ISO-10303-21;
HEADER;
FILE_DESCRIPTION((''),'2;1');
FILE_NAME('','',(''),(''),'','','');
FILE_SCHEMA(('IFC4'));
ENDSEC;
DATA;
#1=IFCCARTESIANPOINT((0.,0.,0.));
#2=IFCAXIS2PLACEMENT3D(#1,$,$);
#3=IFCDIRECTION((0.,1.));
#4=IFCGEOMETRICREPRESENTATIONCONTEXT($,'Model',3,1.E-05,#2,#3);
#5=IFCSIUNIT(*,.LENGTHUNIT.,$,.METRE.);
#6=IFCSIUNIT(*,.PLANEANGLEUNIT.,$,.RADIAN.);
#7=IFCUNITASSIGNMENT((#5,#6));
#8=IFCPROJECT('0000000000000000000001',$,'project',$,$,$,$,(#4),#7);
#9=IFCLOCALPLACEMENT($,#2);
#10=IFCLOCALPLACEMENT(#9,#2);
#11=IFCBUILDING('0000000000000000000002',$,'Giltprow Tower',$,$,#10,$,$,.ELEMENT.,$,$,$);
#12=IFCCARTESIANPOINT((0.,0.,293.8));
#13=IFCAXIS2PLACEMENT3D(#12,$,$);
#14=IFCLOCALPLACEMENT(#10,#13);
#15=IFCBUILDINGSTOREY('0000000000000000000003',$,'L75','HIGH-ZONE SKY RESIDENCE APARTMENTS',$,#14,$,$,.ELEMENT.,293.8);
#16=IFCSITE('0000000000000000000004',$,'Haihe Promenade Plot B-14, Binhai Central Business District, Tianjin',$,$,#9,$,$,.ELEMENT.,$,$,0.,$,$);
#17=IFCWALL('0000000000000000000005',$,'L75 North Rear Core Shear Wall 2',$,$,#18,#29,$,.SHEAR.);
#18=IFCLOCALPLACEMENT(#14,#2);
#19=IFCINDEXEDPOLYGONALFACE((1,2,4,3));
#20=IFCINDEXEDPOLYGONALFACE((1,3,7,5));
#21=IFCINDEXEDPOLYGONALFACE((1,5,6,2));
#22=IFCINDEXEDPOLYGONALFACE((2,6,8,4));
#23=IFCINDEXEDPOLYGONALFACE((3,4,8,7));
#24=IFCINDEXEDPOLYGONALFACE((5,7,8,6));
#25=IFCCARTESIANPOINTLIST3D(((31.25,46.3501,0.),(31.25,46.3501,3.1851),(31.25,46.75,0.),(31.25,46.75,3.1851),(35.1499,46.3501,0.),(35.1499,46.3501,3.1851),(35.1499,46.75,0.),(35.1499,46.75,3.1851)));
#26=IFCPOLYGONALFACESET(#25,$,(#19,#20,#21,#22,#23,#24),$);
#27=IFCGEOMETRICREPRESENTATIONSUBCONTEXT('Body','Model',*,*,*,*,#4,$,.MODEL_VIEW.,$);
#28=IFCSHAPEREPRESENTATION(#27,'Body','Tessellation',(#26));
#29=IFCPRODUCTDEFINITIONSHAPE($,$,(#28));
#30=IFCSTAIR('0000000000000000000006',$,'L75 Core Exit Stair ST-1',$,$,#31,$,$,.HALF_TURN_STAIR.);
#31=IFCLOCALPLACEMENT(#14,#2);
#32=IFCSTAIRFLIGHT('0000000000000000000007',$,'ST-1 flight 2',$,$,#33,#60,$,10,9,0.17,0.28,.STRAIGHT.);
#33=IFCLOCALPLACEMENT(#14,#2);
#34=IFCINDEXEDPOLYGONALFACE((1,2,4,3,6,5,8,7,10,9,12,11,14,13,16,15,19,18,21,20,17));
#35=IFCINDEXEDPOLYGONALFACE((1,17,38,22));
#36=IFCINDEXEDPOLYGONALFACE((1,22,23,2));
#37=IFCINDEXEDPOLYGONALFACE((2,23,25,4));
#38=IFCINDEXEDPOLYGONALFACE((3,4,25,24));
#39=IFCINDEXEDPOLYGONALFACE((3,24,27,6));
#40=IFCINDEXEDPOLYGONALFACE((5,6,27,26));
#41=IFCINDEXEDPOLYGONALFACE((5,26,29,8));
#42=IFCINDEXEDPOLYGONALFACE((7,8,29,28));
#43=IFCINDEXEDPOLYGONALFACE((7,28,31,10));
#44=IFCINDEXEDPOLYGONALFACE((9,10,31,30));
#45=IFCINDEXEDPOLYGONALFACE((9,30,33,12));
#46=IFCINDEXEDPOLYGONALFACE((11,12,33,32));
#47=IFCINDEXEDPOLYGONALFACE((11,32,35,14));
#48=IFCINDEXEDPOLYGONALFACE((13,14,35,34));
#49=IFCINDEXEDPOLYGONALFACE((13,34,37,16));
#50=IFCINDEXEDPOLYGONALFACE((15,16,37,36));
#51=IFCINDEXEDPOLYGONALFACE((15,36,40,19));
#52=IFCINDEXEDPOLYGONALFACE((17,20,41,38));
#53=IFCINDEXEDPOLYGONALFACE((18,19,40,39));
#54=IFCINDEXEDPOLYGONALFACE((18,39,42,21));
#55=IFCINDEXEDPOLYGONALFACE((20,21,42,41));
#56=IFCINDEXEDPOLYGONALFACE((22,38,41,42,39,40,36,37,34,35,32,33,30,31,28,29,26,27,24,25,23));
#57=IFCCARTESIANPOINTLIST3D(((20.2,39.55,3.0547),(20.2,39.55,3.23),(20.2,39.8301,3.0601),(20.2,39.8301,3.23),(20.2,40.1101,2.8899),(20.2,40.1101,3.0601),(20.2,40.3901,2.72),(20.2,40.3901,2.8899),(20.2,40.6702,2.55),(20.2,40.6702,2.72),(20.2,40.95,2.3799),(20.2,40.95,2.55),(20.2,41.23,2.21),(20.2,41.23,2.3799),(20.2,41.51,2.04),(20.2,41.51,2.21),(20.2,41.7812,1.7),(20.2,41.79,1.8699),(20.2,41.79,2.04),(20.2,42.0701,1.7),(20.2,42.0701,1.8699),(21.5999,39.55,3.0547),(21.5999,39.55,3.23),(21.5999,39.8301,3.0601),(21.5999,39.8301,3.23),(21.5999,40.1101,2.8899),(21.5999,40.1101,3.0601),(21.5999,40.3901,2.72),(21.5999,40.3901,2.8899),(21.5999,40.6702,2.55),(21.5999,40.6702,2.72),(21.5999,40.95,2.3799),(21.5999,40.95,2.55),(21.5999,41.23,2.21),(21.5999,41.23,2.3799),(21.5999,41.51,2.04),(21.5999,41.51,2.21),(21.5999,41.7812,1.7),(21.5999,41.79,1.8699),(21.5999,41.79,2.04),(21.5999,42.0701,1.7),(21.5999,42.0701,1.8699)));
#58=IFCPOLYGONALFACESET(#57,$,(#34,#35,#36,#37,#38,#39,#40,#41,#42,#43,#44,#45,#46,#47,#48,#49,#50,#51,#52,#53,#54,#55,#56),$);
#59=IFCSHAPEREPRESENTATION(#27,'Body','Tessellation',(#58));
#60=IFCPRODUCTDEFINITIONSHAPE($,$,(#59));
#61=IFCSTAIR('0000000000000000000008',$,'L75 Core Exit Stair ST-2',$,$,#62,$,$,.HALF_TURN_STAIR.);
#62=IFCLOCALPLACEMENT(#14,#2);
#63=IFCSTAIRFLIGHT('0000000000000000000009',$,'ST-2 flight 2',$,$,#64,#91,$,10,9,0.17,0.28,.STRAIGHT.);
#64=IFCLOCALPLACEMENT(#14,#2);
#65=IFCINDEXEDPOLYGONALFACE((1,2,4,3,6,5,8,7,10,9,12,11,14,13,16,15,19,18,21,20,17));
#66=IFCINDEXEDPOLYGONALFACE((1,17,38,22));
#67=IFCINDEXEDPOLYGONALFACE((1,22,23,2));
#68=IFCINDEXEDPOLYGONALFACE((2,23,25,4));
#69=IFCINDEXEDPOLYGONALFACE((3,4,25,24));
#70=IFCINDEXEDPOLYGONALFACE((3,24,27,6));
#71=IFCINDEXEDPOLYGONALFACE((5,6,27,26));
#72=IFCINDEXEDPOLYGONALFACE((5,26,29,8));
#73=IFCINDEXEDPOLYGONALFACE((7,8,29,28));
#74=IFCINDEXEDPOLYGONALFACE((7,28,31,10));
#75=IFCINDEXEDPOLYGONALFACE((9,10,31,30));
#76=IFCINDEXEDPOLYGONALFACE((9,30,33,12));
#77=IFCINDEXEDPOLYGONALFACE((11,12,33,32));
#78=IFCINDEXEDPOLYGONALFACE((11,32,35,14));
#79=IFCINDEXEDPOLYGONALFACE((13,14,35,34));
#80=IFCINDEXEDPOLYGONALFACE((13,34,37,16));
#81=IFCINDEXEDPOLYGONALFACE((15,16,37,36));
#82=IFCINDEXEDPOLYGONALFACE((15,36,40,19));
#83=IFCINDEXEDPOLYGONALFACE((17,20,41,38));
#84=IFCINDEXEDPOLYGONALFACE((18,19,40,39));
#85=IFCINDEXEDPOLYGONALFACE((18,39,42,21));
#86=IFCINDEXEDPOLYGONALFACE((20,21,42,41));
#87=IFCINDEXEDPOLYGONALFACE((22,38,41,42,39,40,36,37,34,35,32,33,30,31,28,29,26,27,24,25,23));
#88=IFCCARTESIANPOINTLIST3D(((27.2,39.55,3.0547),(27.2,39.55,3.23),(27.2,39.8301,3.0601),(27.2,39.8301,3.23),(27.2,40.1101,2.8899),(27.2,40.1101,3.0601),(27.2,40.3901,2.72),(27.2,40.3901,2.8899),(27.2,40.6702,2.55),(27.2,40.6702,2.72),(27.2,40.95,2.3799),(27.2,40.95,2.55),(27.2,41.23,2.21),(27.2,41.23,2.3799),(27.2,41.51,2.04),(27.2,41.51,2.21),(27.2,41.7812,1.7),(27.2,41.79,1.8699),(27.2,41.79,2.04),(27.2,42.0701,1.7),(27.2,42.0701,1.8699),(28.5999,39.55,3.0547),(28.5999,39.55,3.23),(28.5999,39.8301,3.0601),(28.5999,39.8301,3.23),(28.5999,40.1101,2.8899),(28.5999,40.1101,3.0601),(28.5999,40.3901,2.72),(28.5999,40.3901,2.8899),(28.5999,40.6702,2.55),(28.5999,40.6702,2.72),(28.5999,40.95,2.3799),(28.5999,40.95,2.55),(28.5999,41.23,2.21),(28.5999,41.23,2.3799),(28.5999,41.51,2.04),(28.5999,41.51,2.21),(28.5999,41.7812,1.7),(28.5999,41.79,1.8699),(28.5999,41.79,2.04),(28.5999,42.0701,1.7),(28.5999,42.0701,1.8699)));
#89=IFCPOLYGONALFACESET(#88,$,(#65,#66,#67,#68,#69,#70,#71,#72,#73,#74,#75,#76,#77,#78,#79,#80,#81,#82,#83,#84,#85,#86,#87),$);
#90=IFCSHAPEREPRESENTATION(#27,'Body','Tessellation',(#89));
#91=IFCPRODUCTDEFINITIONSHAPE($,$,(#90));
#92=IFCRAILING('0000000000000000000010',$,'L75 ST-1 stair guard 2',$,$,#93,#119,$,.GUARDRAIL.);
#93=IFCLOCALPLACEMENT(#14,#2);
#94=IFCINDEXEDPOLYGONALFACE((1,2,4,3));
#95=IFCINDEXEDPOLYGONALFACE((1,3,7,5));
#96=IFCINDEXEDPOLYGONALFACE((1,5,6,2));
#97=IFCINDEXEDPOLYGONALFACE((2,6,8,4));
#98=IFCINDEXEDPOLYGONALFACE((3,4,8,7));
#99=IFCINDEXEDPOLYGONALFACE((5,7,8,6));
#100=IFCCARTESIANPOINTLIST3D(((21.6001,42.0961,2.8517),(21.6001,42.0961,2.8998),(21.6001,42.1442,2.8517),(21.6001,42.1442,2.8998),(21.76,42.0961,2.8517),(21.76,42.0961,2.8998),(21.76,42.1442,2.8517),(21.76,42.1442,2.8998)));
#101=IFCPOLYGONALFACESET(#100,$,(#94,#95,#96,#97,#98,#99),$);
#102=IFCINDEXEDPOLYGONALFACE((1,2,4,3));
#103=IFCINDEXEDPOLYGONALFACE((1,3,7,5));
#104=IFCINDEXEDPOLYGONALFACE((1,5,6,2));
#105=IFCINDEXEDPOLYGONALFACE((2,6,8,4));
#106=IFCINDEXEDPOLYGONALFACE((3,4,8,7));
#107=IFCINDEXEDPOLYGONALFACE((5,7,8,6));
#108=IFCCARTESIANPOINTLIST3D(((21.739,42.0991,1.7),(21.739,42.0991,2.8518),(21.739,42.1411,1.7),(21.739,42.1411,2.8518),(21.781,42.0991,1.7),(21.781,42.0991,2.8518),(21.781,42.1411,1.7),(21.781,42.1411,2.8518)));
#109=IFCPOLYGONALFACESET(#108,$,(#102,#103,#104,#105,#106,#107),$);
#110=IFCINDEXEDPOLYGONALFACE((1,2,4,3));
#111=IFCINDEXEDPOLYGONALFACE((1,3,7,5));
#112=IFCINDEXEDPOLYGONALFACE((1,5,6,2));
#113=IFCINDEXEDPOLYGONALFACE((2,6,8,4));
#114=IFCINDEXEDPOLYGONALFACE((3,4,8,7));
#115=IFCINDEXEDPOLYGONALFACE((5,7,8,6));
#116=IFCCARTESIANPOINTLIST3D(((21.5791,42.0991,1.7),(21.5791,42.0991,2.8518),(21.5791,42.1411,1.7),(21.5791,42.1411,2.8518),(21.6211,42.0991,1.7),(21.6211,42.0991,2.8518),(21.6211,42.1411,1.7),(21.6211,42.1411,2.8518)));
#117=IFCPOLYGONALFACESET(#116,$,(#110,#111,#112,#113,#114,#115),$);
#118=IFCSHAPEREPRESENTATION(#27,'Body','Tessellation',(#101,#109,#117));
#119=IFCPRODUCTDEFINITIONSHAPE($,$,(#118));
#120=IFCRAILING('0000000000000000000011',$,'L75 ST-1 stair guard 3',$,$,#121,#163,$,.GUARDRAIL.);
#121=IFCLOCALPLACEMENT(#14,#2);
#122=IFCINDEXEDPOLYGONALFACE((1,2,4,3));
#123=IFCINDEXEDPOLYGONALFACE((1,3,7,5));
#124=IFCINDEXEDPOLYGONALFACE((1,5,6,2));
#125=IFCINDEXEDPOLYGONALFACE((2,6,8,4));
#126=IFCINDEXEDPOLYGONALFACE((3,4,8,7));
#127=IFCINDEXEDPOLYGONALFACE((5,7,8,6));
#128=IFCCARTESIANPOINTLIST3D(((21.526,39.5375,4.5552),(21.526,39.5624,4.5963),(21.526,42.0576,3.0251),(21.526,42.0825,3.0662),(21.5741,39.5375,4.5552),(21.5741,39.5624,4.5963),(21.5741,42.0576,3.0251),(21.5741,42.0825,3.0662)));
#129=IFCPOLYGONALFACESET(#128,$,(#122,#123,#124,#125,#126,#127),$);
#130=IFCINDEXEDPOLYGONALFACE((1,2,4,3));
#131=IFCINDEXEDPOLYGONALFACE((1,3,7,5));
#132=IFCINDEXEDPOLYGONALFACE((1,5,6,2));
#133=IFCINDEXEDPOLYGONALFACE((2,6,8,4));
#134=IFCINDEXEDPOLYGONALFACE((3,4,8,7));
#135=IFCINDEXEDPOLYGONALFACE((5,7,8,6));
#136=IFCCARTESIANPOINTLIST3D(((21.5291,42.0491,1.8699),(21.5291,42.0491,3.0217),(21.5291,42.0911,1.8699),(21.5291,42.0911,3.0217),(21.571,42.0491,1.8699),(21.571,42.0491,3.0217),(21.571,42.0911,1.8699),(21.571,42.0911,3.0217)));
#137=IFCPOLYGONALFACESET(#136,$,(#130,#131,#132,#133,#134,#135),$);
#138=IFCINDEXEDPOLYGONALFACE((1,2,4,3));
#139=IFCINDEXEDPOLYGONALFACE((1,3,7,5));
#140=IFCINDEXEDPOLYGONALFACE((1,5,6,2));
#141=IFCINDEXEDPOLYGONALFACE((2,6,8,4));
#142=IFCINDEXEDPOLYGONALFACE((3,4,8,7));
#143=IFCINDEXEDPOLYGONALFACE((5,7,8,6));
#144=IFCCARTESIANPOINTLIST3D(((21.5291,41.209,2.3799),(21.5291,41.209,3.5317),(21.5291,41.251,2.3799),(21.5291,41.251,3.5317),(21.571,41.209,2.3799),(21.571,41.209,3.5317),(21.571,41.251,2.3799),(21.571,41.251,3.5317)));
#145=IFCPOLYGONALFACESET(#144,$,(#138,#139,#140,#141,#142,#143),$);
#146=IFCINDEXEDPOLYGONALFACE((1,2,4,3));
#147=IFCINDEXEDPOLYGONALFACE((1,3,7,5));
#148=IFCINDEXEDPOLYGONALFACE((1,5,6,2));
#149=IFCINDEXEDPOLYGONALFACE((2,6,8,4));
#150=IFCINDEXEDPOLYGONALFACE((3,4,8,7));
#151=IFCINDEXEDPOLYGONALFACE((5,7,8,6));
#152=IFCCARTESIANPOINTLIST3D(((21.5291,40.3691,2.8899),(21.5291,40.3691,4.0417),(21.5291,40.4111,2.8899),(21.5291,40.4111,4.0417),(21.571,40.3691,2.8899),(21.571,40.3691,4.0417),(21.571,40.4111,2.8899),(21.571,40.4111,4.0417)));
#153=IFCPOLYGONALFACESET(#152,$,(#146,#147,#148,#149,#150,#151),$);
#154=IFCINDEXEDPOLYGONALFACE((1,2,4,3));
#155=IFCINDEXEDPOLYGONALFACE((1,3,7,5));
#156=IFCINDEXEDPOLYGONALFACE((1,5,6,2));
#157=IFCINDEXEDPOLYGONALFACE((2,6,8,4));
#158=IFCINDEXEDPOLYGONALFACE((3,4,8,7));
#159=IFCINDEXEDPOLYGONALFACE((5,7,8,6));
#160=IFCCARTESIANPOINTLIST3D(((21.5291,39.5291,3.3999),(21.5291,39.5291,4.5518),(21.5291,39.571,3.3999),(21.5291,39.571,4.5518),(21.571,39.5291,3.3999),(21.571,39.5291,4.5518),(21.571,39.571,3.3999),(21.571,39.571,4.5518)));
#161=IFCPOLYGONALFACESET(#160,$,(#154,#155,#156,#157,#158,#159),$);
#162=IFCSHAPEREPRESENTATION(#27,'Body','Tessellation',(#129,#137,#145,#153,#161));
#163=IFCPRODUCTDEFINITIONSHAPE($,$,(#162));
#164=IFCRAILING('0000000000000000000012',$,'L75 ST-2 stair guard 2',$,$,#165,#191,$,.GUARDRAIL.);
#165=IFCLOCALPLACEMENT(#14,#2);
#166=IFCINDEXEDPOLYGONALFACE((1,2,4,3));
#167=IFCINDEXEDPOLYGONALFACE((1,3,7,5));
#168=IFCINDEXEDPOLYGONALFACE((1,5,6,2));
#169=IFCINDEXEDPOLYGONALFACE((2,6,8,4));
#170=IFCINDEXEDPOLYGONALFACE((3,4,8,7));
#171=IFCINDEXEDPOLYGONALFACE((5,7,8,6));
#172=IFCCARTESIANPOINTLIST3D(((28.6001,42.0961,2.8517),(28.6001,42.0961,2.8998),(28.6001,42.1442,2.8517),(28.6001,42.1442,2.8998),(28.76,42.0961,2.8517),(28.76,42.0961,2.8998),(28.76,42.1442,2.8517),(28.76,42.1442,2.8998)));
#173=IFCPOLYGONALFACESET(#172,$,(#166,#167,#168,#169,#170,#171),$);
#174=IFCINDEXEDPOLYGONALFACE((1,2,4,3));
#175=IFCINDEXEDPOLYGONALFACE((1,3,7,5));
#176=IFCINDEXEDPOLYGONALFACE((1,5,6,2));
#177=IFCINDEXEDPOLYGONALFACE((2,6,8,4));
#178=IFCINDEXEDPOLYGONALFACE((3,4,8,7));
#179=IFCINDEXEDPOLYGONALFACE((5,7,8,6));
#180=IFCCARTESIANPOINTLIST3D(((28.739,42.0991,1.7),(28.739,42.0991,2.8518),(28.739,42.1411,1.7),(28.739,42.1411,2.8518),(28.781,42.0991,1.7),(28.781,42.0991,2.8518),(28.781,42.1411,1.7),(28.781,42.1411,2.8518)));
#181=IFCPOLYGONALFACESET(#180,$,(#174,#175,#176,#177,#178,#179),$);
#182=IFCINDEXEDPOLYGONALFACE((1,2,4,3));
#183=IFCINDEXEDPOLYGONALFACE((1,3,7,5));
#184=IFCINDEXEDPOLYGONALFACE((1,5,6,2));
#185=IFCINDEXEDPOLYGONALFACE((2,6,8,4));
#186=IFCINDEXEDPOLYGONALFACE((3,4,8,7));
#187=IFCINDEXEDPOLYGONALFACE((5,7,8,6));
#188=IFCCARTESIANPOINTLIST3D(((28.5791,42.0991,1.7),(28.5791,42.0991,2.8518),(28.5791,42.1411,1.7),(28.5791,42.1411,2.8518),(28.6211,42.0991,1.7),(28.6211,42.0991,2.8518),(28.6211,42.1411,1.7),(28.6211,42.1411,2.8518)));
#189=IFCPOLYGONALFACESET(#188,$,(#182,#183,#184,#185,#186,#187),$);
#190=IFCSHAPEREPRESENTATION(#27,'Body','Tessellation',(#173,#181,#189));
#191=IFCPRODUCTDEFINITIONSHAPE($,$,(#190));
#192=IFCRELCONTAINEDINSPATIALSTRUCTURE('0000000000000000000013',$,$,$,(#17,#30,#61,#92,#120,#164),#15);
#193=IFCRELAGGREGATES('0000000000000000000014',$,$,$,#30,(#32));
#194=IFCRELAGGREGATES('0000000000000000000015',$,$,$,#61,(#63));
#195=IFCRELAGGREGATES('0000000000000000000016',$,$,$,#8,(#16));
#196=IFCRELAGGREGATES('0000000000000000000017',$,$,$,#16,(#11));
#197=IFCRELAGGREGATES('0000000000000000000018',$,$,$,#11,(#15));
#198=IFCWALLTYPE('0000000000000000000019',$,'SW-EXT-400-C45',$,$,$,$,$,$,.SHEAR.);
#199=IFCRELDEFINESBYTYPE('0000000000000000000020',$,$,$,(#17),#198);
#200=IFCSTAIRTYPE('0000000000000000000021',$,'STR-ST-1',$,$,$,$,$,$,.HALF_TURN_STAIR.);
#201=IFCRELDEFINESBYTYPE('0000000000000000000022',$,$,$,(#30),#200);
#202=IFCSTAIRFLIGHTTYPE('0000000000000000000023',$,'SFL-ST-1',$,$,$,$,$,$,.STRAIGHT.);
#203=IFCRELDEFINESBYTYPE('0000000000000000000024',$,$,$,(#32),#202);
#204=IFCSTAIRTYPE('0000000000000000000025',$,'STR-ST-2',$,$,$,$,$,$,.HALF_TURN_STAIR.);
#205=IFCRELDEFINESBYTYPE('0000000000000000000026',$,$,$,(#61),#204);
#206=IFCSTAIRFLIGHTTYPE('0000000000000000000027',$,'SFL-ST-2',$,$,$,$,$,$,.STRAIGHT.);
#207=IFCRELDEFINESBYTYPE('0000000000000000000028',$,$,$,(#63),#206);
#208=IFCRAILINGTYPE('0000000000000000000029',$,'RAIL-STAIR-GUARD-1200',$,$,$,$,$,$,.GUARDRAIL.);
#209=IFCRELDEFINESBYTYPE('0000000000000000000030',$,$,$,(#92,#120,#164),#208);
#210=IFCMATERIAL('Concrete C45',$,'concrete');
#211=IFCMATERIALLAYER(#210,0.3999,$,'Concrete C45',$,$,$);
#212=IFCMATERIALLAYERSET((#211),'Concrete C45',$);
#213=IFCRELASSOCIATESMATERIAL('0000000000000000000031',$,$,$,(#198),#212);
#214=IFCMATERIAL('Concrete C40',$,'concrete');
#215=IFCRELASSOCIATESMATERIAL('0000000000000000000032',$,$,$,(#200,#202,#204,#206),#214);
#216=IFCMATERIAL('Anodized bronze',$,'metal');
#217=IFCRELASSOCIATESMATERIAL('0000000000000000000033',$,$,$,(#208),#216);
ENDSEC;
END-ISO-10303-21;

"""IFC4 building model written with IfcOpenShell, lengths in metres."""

from ifc_helpers import new_model, si_unit, direction, frame, frame_2d, origin, origin_2d, place, context, subcontext, project, spatial, polyline, rectangle, outline, extrude, material, layer, layer_set, type_object, element, aggregate, save


model = new_model("IFC4")

# Units and contexts
model_context = context("Model", 3, precision=1e-05, world=origin(), true_north=direction((0.0, 1.0)))
body_context = subcontext(model_context, "Body", "Model", "MODEL_VIEW")
ifc_project = project(units=[si_unit("LENGTHUNIT", "METRE"), si_unit("PLANEANGLEUNIT", "RADIAN")], contexts=[model_context])

# Site, building, storey
site_placement = place(None, origin())
site = spatial("IfcSite", under=ifc_project, at=site_placement, Name="Haihe Promenade Plot B-14, Binhai Central Business District, Tianjin", CompositionType="ELEMENT", RefElevation=0.0)
building_placement = place(site_placement, origin())
building = spatial("IfcBuilding", under=site, at=building_placement, Name="Giltprow Tower", CompositionType="ELEMENT")
storey_placement = place(building_placement, frame((0.0, 0.0, 293.8)))
storey = spatial("IfcBuildingStorey", under=building, at=storey_placement, Name="L75", Description="HIGH-ZONE SKY RESIDENCE APARTMENTS", CompositionType="ELEMENT", Elevation=293.8)

# Shared definitions
ifc_material_1 = material(Name="Concrete C45", Category="concrete")

# Shared definitions
ifc_material_2 = material(Name="Concrete C40", Category="concrete")

# Wall
ifc_layer_1 = layer(ifc_material_1, 0.3999, Name="Concrete C45")
ifc_layer_set_1 = layer_set([ifc_layer_1], Name="Concrete C45")
wall_type_1 = type_object("IfcWallType", Name="SW-EXT-400-C45", PredefinedType="SHEAR", material=ifc_layer_set_1)
wall_1_placement = place(storey_placement, frame((31.25, 46.55, 0.0), z_axis=(0.0, 0.0, 1.0), x_axis=(1.0, 0.0, 0.0)))
element("IfcWall", 1, at=wall_1_placement, inside=storey, type_object=wall_type_1, Name="L75 North Rear Core Shear Wall 2", PredefinedType="SHEAR", context=body_context, shape_type="SweptSolid", body=[
    extrude(rectangle(XDim=3.8999, YDim=0.3999, at=frame_2d((1.95, 0.0))), origin(), (0.0, 0.0, 1.0), 3.1851),
])

# Stairs, stair flights
stair_type_1 = type_object("IfcStairType", Name="STR-ST-1", PredefinedType="HALF_TURN_STAIR", material=ifc_material_2)
stair_1_placement = place(storey_placement, origin())
stair_1 = element("IfcStair", 2, at=stair_1_placement, inside=storey, type_object=stair_type_1, Name="L75 Core Exit Stair ST-1", PredefinedType="HALF_TURN_STAIR")
stair_flight_type_1 = type_object("IfcStairFlightType", Name="SFL-ST-1", PredefinedType="STRAIGHT", material=ifc_material_2)
stair_flight_1_placement = place(storey_placement, frame((20.8999, 42.0701, 1.7), z_axis=(0.0, 0.0, 1.0), x_axis=(0.0, -1.0, 0.0)))
stair_flight_1 = element("IfcStairFlight", 3, at=stair_flight_1_placement, type_object=stair_flight_type_1, Name="ST-1 flight 2", NumberOfRisers=10, NumberOfTreads=9, PredefinedType="STRAIGHT", RiserHeight=0.17, TreadLength=0.28, context=body_context, shape_type="SweptSolid", body=[
    extrude(outline(polyline([(0.0, 0.0), (0.0, 0.1699), (0.28, 0.1699), (0.28, 0.3401), (0.5601, 0.3401), (0.5601, 0.51), (0.8401, 0.51), (0.8401, 0.6799), (1.1201, 0.6799), (1.1201, 0.8501), (1.3999, 0.8501), (1.3999, 1.02), (1.6799, 1.02), (1.6799, 1.1899), (1.96, 1.1899), (1.96, 1.3601), (2.24, 1.3601), (2.24, 1.53), (2.52, 1.53), (2.52, 1.7), (2.52, 1.3547), (0.2888, 0.0), (0.0, 0.0)])), frame((0.0, 0.7, 0.0), z_axis=(0.0, -1.0, 0.0), x_axis=(1.0, 0.0, 0.0)), (0.0, 0.0, 1.0), 1.3999),
])
aggregate(stair_1, [stair_flight_1])
stair_type_2 = type_object("IfcStairType", Name="STR-ST-2", PredefinedType="HALF_TURN_STAIR", material=ifc_material_2)
stair_2_placement = place(storey_placement, origin())
stair_2 = element("IfcStair", 4, at=stair_2_placement, inside=storey, type_object=stair_type_2, Name="L75 Core Exit Stair ST-2", PredefinedType="HALF_TURN_STAIR")
stair_flight_type_2 = type_object("IfcStairFlightType", Name="SFL-ST-2", PredefinedType="STRAIGHT", material=ifc_material_2)
stair_flight_2_placement = place(storey_placement, frame((27.8999, 42.0701, 1.7), z_axis=(0.0, 0.0, 1.0), x_axis=(0.0, -1.0, 0.0)))
stair_flight_2 = element("IfcStairFlight", 5, at=stair_flight_2_placement, type_object=stair_flight_type_2, Name="ST-2 flight 2", NumberOfRisers=10, NumberOfTreads=9, PredefinedType="STRAIGHT", RiserHeight=0.17, TreadLength=0.28, context=body_context, shape_type="SweptSolid", body=[
    extrude(outline(polyline([(0.0, 0.0), (0.0, 0.1699), (0.28, 0.1699), (0.28, 0.3401), (0.5601, 0.3401), (0.5601, 0.51), (0.8401, 0.51), (0.8401, 0.6799), (1.1201, 0.6799), (1.1201, 0.8501), (1.3999, 0.8501), (1.3999, 1.02), (1.6799, 1.02), (1.6799, 1.1899), (1.96, 1.1899), (1.96, 1.3601), (2.24, 1.3601), (2.24, 1.53), (2.52, 1.53), (2.52, 1.7), (2.52, 1.3547), (0.2888, 0.0), (0.0, 0.0)])), frame((0.0, 0.7, 0.0), z_axis=(0.0, -1.0, 0.0), x_axis=(1.0, 0.0, 0.0)), (0.0, 0.0, 1.0), 1.3999),
])
aggregate(stair_2, [stair_flight_2])

# Railings
ifc_material_3 = material(Name="Anodized bronze", Category="metal")
railing_type_1 = type_object("IfcRailingType", Name="RAIL-STAIR-GUARD-1200", PredefinedType="GUARDRAIL", material=ifc_material_3)
railing_1_placement = place(storey_placement, frame((21.76, 42.1201, 1.7)))
element("IfcRailing", 6, at=railing_1_placement, inside=storey, type_object=railing_type_1, Name="L75 ST-1 stair guard 2", PredefinedType="GUARDRAIL", context=body_context, shape_type="SweptSolid", body=[
    extrude(rectangle(XDim=0.0481, YDim=0.0481, at=origin_2d()), frame((0.0, 0.0, 1.1758), z_axis=(-1.0, 0.0, 0.0), x_axis=(0.0, -1.0, 0.0)), (0.0, 0.0, 1.0), 0.1599),
    extrude(rectangle(XDim=0.042, YDim=0.042, at=origin_2d()), origin(), (0.0, 0.0, 1.0), 1.1519),
    extrude(rectangle(XDim=0.042, YDim=0.042, at=origin_2d()), frame((-0.1599, 0.0, 0.0)), (0.0, 0.0, 1.0), 1.1519),
])
railing_2_placement = place(storey_placement, frame((21.55, 42.0701, 1.8699)))
element("IfcRailing", 7, at=railing_2_placement, inside=storey, type_object=railing_type_1, Name="L75 ST-1 stair guard 3", PredefinedType="GUARDRAIL", context=body_context, shape_type="SweptSolid", body=[
    extrude(rectangle(XDim=0.0481, YDim=0.0481, at=origin_2d()), frame((0.0, 0.0, 1.1758), z_axis=(0.0, -0.854785, 0.518982), x_axis=(1.0, 0.0, 0.0)), (0.0, 0.0, 1.0), 2.9482),
    extrude(rectangle(XDim=0.042, YDim=0.042, at=origin_2d()), origin(), (0.0, 0.0, 1.0), 1.1519),
    extrude(rectangle(XDim=0.042, YDim=0.042, at=origin_2d()), frame((0.0, -0.8401, 0.51)), (0.0, 0.0, 1.0), 1.1519),
    extrude(rectangle(XDim=0.042, YDim=0.042, at=origin_2d()), frame((0.0, -1.6799, 1.02)), (0.0, 0.0, 1.0), 1.1519),
    extrude(rectangle(XDim=0.042, YDim=0.042, at=origin_2d()), frame((0.0, -2.52, 1.53)), (0.0, 0.0, 1.0), 1.1519),
])
railing_3_placement = place(storey_placement, frame((28.76, 42.1201, 1.7)))
element("IfcRailing", 8, at=railing_3_placement, inside=storey, type_object=railing_type_1, Name="L75 ST-2 stair guard 2", PredefinedType="GUARDRAIL", context=body_context, shape_type="SweptSolid", body=[
    extrude(rectangle(XDim=0.0481, YDim=0.0481, at=origin_2d()), frame((0.0, 0.0, 1.1758), z_axis=(-1.0, 0.0, 0.0), x_axis=(0.0, -1.0, 0.0)), (0.0, 0.0, 1.0), 0.1599),
    extrude(rectangle(XDim=0.042, YDim=0.042, at=origin_2d()), origin(), (0.0, 0.0, 1.0), 1.1519),
    extrude(rectangle(XDim=0.042, YDim=0.042, at=origin_2d()), frame((-0.1599, 0.0, 0.0)), (0.0, 0.0, 1.0), 1.1519),
])

save(model, "model.ifc")
